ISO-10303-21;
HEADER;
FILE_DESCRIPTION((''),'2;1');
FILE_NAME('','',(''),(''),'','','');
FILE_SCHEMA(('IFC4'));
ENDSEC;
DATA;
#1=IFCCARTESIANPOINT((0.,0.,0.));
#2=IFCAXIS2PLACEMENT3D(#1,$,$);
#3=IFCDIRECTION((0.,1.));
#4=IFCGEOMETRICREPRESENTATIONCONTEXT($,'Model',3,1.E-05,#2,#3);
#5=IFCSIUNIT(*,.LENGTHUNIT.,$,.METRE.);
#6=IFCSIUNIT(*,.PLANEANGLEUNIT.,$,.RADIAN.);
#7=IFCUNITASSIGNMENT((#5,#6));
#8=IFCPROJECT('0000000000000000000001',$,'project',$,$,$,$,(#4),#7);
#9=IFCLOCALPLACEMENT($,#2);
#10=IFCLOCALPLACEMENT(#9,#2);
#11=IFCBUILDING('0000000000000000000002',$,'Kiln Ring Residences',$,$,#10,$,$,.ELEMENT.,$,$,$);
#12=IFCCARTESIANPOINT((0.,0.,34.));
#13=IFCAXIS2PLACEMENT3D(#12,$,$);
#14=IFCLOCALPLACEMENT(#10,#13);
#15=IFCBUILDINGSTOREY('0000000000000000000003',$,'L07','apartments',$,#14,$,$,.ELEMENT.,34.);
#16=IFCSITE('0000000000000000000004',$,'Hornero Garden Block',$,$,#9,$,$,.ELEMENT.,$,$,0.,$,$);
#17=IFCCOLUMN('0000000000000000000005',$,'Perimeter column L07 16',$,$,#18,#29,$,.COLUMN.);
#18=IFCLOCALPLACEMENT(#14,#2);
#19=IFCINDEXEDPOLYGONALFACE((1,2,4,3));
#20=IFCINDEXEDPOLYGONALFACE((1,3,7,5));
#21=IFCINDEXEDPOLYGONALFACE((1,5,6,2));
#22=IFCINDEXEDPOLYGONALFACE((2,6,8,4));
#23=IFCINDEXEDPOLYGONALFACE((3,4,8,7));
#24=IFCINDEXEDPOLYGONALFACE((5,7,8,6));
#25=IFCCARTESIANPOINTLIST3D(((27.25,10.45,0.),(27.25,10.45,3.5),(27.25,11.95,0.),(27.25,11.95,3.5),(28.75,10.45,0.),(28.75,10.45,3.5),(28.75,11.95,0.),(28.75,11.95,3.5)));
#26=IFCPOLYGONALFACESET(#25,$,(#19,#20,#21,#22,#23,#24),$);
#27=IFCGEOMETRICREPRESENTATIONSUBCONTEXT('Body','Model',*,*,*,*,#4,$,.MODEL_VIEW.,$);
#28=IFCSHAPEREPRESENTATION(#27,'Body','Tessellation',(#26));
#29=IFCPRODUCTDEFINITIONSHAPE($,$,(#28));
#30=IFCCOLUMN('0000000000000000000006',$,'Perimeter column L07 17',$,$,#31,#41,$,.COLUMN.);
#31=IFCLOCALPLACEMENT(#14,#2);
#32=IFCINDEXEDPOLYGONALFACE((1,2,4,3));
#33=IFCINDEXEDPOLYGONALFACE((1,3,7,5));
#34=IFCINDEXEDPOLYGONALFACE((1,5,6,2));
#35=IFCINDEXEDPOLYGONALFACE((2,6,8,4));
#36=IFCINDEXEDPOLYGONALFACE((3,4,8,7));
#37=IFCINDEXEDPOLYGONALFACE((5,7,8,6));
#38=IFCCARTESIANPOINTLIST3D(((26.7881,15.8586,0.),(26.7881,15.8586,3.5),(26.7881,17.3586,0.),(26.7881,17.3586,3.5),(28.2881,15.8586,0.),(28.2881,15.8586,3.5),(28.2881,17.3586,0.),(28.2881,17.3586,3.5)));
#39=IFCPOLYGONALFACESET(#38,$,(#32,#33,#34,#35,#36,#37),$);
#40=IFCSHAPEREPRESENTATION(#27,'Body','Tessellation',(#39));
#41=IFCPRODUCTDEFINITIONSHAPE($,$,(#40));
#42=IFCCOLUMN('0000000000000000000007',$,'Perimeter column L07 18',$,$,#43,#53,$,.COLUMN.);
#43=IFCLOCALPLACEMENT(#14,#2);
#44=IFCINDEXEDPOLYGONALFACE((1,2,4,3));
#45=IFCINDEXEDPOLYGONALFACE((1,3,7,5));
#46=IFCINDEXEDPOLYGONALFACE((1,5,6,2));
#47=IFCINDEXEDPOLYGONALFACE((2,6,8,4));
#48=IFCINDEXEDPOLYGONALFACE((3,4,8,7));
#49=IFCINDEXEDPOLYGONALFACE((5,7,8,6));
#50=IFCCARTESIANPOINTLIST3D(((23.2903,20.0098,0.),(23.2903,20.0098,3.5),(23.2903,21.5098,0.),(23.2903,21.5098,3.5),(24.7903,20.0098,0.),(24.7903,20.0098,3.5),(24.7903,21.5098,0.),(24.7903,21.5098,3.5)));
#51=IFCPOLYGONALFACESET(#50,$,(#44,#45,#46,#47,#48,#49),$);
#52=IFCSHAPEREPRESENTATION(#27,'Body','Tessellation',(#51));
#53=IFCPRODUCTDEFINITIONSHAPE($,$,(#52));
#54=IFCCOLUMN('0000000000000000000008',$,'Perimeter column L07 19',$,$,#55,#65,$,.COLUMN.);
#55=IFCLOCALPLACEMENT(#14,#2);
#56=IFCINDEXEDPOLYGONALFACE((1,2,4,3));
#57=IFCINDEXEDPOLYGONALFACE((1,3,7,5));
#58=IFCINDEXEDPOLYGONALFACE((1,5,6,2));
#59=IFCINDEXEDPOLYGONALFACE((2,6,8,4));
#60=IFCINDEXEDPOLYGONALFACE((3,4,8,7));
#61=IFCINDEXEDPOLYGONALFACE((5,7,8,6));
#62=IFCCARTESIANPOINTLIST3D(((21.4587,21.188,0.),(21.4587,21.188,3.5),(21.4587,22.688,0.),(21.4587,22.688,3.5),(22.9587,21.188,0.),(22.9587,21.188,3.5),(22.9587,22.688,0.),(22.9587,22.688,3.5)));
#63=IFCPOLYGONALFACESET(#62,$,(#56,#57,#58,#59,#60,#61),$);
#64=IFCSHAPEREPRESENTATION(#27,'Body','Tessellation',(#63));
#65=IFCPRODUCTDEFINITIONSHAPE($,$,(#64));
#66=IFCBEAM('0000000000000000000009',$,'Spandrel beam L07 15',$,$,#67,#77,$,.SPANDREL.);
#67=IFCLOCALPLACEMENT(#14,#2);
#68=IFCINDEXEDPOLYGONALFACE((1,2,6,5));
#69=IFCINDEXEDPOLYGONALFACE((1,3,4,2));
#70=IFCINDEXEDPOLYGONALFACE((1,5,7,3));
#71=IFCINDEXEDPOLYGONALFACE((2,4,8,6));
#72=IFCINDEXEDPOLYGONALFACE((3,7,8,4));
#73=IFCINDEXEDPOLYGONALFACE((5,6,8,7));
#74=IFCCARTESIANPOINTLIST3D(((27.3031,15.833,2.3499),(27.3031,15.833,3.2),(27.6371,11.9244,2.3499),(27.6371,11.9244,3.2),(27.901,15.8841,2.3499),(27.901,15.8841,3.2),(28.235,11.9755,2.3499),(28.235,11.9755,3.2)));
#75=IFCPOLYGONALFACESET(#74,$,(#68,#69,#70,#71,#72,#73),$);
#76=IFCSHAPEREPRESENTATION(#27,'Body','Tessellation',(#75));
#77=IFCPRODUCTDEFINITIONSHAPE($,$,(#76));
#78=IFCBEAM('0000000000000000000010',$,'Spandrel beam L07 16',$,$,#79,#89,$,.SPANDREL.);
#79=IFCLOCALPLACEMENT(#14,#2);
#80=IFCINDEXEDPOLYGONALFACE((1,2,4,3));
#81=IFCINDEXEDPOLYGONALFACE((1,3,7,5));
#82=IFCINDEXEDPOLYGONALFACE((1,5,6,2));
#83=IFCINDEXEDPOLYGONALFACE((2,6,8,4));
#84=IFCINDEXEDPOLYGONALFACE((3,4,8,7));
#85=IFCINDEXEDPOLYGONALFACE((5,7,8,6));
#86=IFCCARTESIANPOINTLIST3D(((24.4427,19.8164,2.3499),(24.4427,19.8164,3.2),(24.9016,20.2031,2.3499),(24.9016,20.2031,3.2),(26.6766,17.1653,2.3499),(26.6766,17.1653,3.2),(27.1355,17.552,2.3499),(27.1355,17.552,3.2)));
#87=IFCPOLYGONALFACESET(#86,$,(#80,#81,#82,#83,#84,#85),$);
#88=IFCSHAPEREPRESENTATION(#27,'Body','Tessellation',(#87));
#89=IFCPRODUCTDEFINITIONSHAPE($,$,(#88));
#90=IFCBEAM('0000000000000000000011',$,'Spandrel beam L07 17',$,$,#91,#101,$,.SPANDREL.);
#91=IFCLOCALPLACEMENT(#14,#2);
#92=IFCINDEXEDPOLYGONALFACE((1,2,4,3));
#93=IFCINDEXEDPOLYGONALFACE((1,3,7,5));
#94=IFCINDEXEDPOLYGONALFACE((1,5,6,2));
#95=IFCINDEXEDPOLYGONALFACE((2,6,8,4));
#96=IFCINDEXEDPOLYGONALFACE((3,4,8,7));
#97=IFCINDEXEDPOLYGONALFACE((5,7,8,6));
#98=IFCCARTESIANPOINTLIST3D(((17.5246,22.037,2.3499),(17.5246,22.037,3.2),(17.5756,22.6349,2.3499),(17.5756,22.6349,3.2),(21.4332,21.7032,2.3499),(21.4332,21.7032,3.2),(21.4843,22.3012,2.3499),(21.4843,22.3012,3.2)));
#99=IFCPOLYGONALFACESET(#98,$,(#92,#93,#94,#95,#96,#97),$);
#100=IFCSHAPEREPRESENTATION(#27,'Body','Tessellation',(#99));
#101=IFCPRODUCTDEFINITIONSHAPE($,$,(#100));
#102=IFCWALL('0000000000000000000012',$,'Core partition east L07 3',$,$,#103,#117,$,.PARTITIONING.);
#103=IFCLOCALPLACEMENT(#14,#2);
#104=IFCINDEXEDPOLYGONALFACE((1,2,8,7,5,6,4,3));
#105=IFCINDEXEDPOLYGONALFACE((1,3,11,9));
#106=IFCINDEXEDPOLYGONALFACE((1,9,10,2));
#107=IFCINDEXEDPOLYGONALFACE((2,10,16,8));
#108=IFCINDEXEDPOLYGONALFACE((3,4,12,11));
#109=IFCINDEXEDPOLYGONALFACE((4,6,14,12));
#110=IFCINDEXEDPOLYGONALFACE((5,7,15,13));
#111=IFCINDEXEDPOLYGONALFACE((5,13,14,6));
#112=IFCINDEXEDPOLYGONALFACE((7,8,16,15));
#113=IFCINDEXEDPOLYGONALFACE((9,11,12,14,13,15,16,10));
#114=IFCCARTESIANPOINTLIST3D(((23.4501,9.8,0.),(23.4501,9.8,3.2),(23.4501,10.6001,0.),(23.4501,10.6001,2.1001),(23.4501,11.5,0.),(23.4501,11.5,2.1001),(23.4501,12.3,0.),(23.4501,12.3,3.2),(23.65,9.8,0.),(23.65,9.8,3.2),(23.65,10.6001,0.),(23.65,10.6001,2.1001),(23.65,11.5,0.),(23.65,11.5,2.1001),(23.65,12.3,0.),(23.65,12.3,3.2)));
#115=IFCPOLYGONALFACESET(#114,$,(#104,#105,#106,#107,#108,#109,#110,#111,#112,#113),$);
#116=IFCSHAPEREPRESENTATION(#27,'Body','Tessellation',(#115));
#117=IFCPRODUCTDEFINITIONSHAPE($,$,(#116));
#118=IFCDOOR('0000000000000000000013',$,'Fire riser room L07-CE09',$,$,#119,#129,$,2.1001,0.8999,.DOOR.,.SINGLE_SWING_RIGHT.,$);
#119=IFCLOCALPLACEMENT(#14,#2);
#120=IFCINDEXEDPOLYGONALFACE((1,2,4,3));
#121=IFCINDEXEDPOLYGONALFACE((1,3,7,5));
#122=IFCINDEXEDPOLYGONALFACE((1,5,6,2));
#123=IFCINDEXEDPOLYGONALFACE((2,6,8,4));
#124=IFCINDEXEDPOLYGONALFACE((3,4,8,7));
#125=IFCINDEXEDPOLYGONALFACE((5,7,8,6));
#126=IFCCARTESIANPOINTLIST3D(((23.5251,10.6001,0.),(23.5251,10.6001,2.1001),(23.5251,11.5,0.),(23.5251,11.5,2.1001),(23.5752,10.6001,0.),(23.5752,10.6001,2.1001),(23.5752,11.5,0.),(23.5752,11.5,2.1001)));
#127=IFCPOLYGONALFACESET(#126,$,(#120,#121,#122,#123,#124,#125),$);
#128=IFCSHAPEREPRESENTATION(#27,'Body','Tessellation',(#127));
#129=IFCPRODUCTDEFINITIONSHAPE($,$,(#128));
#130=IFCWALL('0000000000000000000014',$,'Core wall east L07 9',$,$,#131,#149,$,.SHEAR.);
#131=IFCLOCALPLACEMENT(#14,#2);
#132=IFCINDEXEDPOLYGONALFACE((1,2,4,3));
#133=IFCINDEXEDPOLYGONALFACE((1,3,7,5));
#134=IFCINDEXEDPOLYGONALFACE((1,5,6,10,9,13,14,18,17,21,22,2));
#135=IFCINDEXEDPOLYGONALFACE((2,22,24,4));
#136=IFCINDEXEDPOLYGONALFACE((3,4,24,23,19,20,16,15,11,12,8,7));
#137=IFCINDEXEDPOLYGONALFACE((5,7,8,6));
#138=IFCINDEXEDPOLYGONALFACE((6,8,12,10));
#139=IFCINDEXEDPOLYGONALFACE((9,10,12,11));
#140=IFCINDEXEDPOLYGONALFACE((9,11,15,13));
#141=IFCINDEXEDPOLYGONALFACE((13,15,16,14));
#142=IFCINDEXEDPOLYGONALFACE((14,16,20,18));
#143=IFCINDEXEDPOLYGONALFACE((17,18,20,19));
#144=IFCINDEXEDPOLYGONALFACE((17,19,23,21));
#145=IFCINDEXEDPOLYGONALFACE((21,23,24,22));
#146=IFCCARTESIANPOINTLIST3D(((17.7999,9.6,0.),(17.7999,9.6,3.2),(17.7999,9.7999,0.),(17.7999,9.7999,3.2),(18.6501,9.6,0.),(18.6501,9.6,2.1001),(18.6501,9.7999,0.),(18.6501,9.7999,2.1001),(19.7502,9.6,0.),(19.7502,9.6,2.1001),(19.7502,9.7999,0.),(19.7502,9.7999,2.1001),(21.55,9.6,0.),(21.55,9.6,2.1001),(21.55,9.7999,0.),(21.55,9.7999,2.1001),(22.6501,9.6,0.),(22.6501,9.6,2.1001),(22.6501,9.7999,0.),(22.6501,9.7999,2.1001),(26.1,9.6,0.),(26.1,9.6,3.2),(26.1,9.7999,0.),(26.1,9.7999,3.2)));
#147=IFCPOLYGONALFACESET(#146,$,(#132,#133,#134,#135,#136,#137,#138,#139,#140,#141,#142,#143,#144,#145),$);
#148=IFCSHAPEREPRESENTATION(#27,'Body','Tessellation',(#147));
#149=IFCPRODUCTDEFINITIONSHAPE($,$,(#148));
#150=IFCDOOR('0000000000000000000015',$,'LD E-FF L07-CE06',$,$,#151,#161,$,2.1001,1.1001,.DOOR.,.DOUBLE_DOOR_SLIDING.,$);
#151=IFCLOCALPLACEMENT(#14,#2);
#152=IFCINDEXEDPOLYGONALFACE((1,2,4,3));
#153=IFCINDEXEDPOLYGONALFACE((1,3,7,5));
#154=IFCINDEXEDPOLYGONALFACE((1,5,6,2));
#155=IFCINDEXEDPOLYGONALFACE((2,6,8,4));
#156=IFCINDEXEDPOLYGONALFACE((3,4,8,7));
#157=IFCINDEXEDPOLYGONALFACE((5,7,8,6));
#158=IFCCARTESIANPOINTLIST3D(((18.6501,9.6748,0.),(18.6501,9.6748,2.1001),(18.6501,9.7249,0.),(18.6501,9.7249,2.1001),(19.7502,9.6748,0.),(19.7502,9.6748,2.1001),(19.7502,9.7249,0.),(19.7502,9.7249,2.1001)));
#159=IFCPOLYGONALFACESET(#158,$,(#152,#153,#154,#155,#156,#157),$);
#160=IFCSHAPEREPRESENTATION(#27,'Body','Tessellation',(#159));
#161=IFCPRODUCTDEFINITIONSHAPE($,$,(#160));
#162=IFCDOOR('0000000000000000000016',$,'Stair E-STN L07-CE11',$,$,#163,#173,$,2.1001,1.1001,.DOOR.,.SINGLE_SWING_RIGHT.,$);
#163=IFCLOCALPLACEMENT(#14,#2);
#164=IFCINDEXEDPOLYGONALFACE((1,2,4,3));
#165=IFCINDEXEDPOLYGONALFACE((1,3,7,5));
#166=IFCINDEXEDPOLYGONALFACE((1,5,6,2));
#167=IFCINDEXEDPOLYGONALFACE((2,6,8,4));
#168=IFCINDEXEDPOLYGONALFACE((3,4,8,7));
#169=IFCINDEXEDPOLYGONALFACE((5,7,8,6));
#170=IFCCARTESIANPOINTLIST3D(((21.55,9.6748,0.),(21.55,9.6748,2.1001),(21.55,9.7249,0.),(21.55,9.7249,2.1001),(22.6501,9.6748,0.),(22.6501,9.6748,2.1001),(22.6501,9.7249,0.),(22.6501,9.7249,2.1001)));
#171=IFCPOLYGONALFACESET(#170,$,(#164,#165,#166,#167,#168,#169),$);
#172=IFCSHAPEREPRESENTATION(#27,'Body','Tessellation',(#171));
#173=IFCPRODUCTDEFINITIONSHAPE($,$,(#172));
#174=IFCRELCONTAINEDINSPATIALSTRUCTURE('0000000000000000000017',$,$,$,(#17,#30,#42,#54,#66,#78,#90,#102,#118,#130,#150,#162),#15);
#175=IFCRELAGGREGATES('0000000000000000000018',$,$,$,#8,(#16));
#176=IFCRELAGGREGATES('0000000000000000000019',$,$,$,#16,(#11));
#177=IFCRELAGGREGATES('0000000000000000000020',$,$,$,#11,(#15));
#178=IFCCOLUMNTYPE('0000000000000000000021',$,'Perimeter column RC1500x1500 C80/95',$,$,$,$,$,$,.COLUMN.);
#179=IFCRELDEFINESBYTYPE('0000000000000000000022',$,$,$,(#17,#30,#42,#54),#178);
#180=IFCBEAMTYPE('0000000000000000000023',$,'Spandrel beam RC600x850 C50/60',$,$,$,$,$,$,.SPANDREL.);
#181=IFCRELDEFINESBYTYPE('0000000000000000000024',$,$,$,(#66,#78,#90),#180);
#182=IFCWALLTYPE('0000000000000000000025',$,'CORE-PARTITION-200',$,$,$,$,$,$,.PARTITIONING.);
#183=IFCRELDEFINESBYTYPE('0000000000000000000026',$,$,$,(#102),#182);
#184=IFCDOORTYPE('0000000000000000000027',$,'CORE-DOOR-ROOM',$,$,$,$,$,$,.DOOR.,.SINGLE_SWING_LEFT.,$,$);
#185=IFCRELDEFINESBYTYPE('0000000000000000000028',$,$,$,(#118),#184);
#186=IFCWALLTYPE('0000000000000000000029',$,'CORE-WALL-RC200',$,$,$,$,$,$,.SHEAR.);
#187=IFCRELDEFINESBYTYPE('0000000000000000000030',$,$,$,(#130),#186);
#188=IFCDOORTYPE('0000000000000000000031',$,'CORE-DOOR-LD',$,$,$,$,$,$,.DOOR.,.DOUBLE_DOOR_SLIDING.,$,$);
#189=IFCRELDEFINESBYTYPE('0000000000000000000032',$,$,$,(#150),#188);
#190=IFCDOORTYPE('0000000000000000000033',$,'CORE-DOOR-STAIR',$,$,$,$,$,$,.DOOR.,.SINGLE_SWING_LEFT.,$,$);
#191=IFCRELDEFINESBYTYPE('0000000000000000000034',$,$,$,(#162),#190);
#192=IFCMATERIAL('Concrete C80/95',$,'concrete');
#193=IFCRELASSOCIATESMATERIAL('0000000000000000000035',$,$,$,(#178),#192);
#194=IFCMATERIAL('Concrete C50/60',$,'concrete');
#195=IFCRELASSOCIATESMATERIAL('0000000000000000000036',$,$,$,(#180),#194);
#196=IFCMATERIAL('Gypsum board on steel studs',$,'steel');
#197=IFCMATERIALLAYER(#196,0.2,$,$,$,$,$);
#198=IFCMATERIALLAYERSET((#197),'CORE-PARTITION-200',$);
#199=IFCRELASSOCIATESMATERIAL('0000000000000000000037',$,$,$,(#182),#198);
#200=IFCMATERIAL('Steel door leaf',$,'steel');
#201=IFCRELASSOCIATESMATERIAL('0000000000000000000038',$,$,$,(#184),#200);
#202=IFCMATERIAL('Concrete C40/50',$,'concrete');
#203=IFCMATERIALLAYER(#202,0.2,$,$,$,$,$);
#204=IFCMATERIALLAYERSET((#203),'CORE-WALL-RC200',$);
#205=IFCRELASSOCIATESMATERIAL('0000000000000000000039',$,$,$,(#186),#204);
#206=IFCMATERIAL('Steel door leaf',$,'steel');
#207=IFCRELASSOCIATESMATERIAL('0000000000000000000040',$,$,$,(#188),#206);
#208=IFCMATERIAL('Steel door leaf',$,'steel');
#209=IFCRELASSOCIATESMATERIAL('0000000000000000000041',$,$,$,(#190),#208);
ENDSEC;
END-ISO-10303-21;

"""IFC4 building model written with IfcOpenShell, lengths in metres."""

from ifc_helpers import new_model, si_unit, direction, frame, frame_2d, origin, origin_2d, place, context, subcontext, project, spatial, rectangle, extrude, material, layer, layer_set, material_profile, profile_set, type_object, element, fill, save


model = new_model("IFC4")

# Units and contexts
model_context = context("Model", 3, precision=1e-05, world=origin(), true_north=direction((0.0, 1.0)))
body_context = subcontext(model_context, "Body", "Model", "MODEL_VIEW")
ifc_project = project(units=[si_unit("LENGTHUNIT", "METRE"), si_unit("PLANEANGLEUNIT", "RADIAN")], contexts=[model_context])

# Site, building, storey
site_placement = place(None, origin())
site = spatial("IfcSite", under=ifc_project, at=site_placement, Name="Hornero Garden Block", CompositionType="ELEMENT", RefElevation=0.0)
building_placement = place(site_placement, origin())
building = spatial("IfcBuilding", under=site, at=building_placement, Name="Kiln Ring Residences", CompositionType="ELEMENT")
storey_placement = place(building_placement, frame((0.0, 0.0, 34.0)))
storey = spatial("IfcBuildingStorey", under=building, at=storey_placement, Name="L07", Description="apartments", CompositionType="ELEMENT", Elevation=34.0)

# Columns
ifc_material_1 = material(Name="Concrete C80/95", Category="concrete")
ifc_material_profile_1 = material_profile(ifc_material_1, rectangle(XDim=1.5, YDim=1.5, at=origin_2d()), Name="RC1500x1500")
ifc_profile_set_1 = profile_set([ifc_material_profile_1], Name="Concrete C80/95")
column_type = type_object("IfcColumnType", Name="Perimeter column RC1500x1500 C80/95", PredefinedType="COLUMN", material=ifc_profile_set_1)
for number, where, z_axis, x_axis, name in (
    (1, (28.0, 11.2, 0.0), (0.0, 0.0, 1.0), (1.0, 0.0, 0.0), "Perimeter column L07 16"),
    (2, (27.5381, 16.6086, 0.0), (0.0, 0.0, 1.0), (1.0, 0.0, 0.0), "Perimeter column L07 17"),
    (3, (24.0403, 20.7598, 0.0), (0.0, 0.0, 1.0), (1.0, 0.0, 0.0), "Perimeter column L07 18"),
    (4, (22.2087, 21.938, 0.0), (0.0, 0.0, 1.0), (1.0, 0.0, 0.0), "Perimeter column L07 19"),
):
    element("IfcColumn", number, at=place(storey_placement, frame(where, z_axis=z_axis, x_axis=x_axis)), inside=storey, type_object=column_type, Name=name, PredefinedType="COLUMN", context=body_context, shape_type="SweptSolid", body=[
        extrude(rectangle(XDim=1.5, YDim=1.5, at=origin_2d()), origin(), (0.0, 0.0, 1.0), 3.5),
    ])

# Beams
ifc_material_2 = material(Name="Concrete C50/60", Category="concrete")
ifc_material_profile_2 = material_profile(ifc_material_2, rectangle(XDim=0.6001, YDim=0.8501, at=origin_2d()), Name="RC600x850")
ifc_profile_set_2 = profile_set([ifc_material_profile_2], Name="Concrete C50/60")
beam_type = type_object("IfcBeamType", Name="Spandrel beam RC600x850 C50/60", PredefinedType="SPANDREL", material=ifc_profile_set_2)
beam_1_placement = place(storey_placement, frame((27.936, 11.95, 2.7749), z_axis=(-0.085136, 0.996369, 0.0), x_axis=(-0.996369, -0.085136, 0.0)))
element("IfcBeam", 5, at=beam_1_placement, inside=storey, type_object=beam_type, Name="Spandrel beam L07 15", PredefinedType="SPANDREL", context=body_context, shape_type="SweptSolid", body=[
    extrude(rectangle(XDim=0.6001, YDim=0.8501, at=origin_2d()), origin(), (0.0, 0.0, 1.0), 3.9229),
])
beam_2_placement = place(storey_placement, frame((26.906, 17.3586, 2.7749), z_axis=(-0.644366, 0.764718, 0.0), x_axis=(-0.764718, -0.644366, 0.0)))
element("IfcBeam", 6, at=beam_2_placement, inside=storey, type_object=beam_type, Name="Spandrel beam L07 16", PredefinedType="SPANDREL", context=body_context, shape_type="SweptSolid", body=[
    extrude(rectangle(XDim=0.6001, YDim=0.8501, at=origin_2d()), origin(), (0.0, 0.0, 1.0), 3.4668),
])
beam_3_placement = place(storey_placement, frame((21.4587, 22.0022, 2.7749), z_axis=(-0.996375, 0.085075, 0.0), x_axis=(-0.085075, -0.996375, 0.0)))
element("IfcBeam", 7, at=beam_3_placement, inside=storey, type_object=beam_type, Name="Spandrel beam L07 17", PredefinedType="SPANDREL", context=body_context, shape_type="SweptSolid", body=[
    extrude(rectangle(XDim=0.6001, YDim=0.8501, at=origin_2d()), origin(), (0.0, 0.0, 1.0), 3.9229),
])

# Wall, opening, door
ifc_material_3 = material(Name="Gypsum board on steel studs", Category="steel")
ifc_layer_1 = layer(ifc_material_3, 0.2)
ifc_layer_set_1 = layer_set([ifc_layer_1], Name="CORE-PARTITION-200")
wall_type_1 = type_object("IfcWallType", Name="CORE-PARTITION-200", PredefinedType="PARTITIONING", material=ifc_layer_set_1)
wall_1_placement = place(storey_placement, frame((23.55, 9.8, 0.0), z_axis=(0.0, 0.0, 1.0), x_axis=(0.0, 1.0, 0.0)))
wall_1 = element("IfcWall", 8, at=wall_1_placement, inside=storey, type_object=wall_type_1, Name="Core partition east L07 3", PredefinedType="PARTITIONING", context=body_context, shape_type="SweptSolid", body=[
    extrude(rectangle(XDim=2.5, YDim=0.2, at=frame_2d((1.25, 0.0))), origin(), (0.0, 0.0, 1.0), 3.2),
])
opening_1_placement = place(wall_1_placement, frame((0.8, 0.0, 0.0)))
opening_1 = element("IfcOpeningElement", 9, at=opening_1_placement, cuts=wall_1, PredefinedType="OPENING", context=body_context, shape_type="SweptSolid", body=[
    extrude(rectangle(XDim=0.8999, YDim=2.1001, at=frame_2d((0.45, 1.05))), frame((0.0, 0.1099, 0.0), z_axis=(0.0, -1.0, 0.0), x_axis=(1.0, 0.0, 0.0)), (0.0, 0.0, 1.0), 0.22),
])
ifc_material_4 = material(Name="Steel door leaf", Category="steel")
door_type_1 = type_object("IfcDoorType", Name="CORE-DOOR-ROOM", OperationType="SINGLE_SWING_LEFT", PredefinedType="DOOR", material=ifc_material_4)
door_1_placement = place(opening_1_placement, origin())
door_1 = element("IfcDoor", 10, at=door_1_placement, inside=storey, type_object=door_type_1, Name="Fire riser room L07-CE09", OperationType="SINGLE_SWING_RIGHT", OverallHeight=2.1001, OverallWidth=0.8999, PredefinedType="DOOR", context=body_context, shape_type="SweptSolid", body=[
    extrude(rectangle(XDim=0.8999, YDim=2.1001, at=frame_2d((0.45, 1.05))), frame((0.0, 0.0249, 0.0), z_axis=(0.0, -1.0, 0.0), x_axis=(1.0, 0.0, 0.0)), (0.0, 0.0, 1.0), 0.05),
])
fill(opening_1, door_1)

# Wall, openings, doors
ifc_material_5 = material(Name="Concrete C40/50", Category="concrete")
ifc_layer_2 = layer(ifc_material_5, 0.2)
ifc_layer_set_2 = layer_set([ifc_layer_2], Name="CORE-WALL-RC200")
wall_type_2 = type_object("IfcWallType", Name="CORE-WALL-RC200", PredefinedType="SHEAR", material=ifc_layer_set_2)
wall_2_placement = place(storey_placement, frame((17.8, 9.7, 0.0), z_axis=(0.0, 0.0, 1.0), x_axis=(1.0, 0.0, 0.0)))
wall_2 = element("IfcWall", 11, at=wall_2_placement, inside=storey, type_object=wall_type_2, Name="Core wall east L07 9", PredefinedType="SHEAR", context=body_context, shape_type="SweptSolid", body=[
    extrude(rectangle(XDim=8.3, YDim=0.2, at=frame_2d((4.1499, 0.0))), origin(), (0.0, 0.0, 1.0), 3.2),
])
opening_2_placement = place(wall_2_placement, frame((0.8501, 0.0, 0.0)))
opening_2 = element("IfcOpeningElement", 12, at=opening_2_placement, cuts=wall_2, PredefinedType="OPENING", context=body_context, shape_type="SweptSolid", body=[
    extrude(rectangle(XDim=1.1001, YDim=2.1001, at=frame_2d((0.55, 1.05))), frame((0.0, 0.1099, 0.0), z_axis=(0.0, -1.0, 0.0), x_axis=(1.0, 0.0, 0.0)), (0.0, 0.0, 1.0), 0.22),
])
opening_3_placement = place(wall_2_placement, frame((3.75, 0.0, 0.0)))
opening_3 = element("IfcOpeningElement", 13, at=opening_3_placement, cuts=wall_2, PredefinedType="OPENING", context=body_context, shape_type="SweptSolid", body=[
    extrude(rectangle(XDim=1.1001, YDim=2.1001, at=frame_2d((0.55, 1.05))), frame((0.0, 0.1099, 0.0), z_axis=(0.0, -1.0, 0.0), x_axis=(1.0, 0.0, 0.0)), (0.0, 0.0, 1.0), 0.22),
])
ifc_material_6 = material(Name="Steel door leaf", Category="steel")
door_type_2 = type_object("IfcDoorType", Name="CORE-DOOR-LD", OperationType="DOUBLE_DOOR_SLIDING", PredefinedType="DOOR", material=ifc_material_6)
door_2_placement = place(opening_2_placement, origin())
door_2 = element("IfcDoor", 14, at=door_2_placement, inside=storey, type_object=door_type_2, Name="LD E-FF L07-CE06", OperationType="DOUBLE_DOOR_SLIDING", OverallHeight=2.1001, OverallWidth=1.1001, PredefinedType="DOOR", context=body_context, shape_type="SweptSolid", body=[
    extrude(rectangle(XDim=1.1001, YDim=2.1001, at=frame_2d((0.55, 1.05))), frame((0.0, 0.0249, 0.0), z_axis=(0.0, -1.0, 0.0), x_axis=(1.0, 0.0, 0.0)), (0.0, 0.0, 1.0), 0.05),
])
fill(opening_2, door_2)
ifc_material_7 = material(Name="Steel door leaf", Category="steel")
door_type_3 = type_object("IfcDoorType", Name="CORE-DOOR-STAIR", OperationType="SINGLE_SWING_LEFT", PredefinedType="DOOR", material=ifc_material_7)
door_3_placement = place(opening_3_placement, origin())
door_3 = element("IfcDoor", 15, at=door_3_placement, inside=storey, type_object=door_type_3, Name="Stair E-STN L07-CE11", OperationType="SINGLE_SWING_RIGHT", OverallHeight=2.1001, OverallWidth=1.1001, PredefinedType="DOOR", context=body_context, shape_type="SweptSolid", body=[
    extrude(rectangle(XDim=1.1001, YDim=2.1001, at=frame_2d((0.55, 1.05))), frame((0.0, 0.0249, 0.0), z_axis=(0.0, -1.0, 0.0), x_axis=(1.0, 0.0, 0.0)), (0.0, 0.0, 1.0), 0.05),
])
fill(opening_3, door_3)

save(model, "model.ifc")
